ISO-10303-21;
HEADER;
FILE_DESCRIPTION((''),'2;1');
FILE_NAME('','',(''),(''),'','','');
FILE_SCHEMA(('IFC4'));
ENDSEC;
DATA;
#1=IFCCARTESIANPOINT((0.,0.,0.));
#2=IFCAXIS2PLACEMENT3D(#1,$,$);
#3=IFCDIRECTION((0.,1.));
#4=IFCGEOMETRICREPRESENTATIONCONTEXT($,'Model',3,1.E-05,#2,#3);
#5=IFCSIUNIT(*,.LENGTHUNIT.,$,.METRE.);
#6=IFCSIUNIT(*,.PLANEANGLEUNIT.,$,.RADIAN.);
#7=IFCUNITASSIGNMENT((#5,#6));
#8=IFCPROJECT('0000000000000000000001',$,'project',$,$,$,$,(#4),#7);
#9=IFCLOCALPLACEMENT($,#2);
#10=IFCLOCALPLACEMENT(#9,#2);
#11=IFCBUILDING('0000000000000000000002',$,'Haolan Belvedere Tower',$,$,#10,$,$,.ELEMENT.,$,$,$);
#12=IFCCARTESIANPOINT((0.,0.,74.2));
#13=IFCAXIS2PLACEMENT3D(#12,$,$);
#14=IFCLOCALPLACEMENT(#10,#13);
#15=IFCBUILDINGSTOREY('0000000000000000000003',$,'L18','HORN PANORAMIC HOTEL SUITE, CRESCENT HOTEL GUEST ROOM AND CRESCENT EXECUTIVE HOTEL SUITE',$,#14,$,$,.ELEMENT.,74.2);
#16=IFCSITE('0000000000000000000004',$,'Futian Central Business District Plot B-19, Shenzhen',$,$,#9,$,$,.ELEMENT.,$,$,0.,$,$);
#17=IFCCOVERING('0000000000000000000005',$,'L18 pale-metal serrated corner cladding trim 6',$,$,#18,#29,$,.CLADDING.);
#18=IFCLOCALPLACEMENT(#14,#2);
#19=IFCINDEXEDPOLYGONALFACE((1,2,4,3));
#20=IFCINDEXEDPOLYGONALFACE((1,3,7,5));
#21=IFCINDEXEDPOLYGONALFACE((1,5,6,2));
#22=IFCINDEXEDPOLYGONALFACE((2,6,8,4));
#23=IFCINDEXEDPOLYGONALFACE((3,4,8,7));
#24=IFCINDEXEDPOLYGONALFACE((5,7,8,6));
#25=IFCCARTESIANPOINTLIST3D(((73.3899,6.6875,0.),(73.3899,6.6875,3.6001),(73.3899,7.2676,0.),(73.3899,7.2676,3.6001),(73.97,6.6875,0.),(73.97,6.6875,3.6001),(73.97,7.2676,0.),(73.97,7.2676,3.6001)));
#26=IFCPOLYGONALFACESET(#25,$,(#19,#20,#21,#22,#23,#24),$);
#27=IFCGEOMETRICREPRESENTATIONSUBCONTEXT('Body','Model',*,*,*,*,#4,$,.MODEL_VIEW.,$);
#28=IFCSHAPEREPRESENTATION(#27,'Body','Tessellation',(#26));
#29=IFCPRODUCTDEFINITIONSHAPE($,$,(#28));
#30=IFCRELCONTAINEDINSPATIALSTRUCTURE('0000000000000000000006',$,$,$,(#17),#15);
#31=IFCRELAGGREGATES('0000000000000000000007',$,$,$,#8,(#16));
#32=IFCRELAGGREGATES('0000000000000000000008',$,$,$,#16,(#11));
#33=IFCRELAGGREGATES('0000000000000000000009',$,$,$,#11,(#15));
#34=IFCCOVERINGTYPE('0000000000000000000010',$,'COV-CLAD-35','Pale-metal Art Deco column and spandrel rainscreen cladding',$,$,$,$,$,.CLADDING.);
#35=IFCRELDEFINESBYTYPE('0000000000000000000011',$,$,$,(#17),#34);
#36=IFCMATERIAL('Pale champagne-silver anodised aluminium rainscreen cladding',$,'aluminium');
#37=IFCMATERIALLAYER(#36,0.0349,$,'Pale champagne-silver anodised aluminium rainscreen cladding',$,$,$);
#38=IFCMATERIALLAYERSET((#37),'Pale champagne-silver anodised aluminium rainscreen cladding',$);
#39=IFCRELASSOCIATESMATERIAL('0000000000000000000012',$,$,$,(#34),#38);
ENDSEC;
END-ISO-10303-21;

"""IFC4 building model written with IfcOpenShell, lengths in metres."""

from ifc_helpers import new_model, si_unit, direction, frame, origin, origin_2d, place, context, subcontext, project, spatial, rectangle, extrude, material, layer, layer_set, type_object, element, save


model = new_model("IFC4")

# Units and contexts
model_context = context("Model", 3, precision=1e-05, world=origin(), true_north=direction((0.0, 1.0)))
body_context = subcontext(model_context, "Body", "Model", "MODEL_VIEW")
ifc_project = project(units=[si_unit("LENGTHUNIT", "METRE"), si_unit("PLANEANGLEUNIT", "RADIAN")], contexts=[model_context])

# Site, building, storey
site_placement = place(None, origin())
site = spatial("IfcSite", under=ifc_project, at=site_placement, Name="Futian Central Business District Plot B-19, Shenzhen", CompositionType="ELEMENT", RefElevation=0.0)
building_placement = place(site_placement, origin())
building = spatial("IfcBuilding", under=site, at=building_placement, Name="Haolan Belvedere Tower", CompositionType="ELEMENT")
storey_placement = place(building_placement, frame((0.0, 0.0, 74.2)))
storey = spatial("IfcBuildingStorey", under=building, at=storey_placement, Name="L18", Description="HORN PANORAMIC HOTEL SUITE, CRESCENT HOTEL GUEST ROOM AND CRESCENT EXECUTIVE HOTEL SUITE", CompositionType="ELEMENT", Elevation=74.2)

# Covering
ifc_material_1 = material(Name="Pale champagne-silver anodised aluminium rainscreen cladding", Category="aluminium")
ifc_layer_1 = layer(ifc_material_1, 0.0349, Name="Pale champagne-silver anodised aluminium rainscreen cladding")
ifc_layer_set_1 = layer_set([ifc_layer_1], Name="Pale champagne-silver anodised aluminium rainscreen cladding")
covering_type = type_object("IfcCoveringType", Name="COV-CLAD-35", Description="Pale-metal Art Deco column and spandrel rainscreen cladding", PredefinedType="CLADDING", material=ifc_layer_set_1)
for number, where, z_axis, x_axis, name in (
    (1, (73.6799, 6.9775, 0.0), (0.0, 0.0, 1.0), (1.0, 0.0, 0.0), "L18 pale-metal serrated corner cladding trim 6"),
):
    element("IfcCovering", number, at=place(storey_placement, frame(where, z_axis=z_axis, x_axis=x_axis)), inside=storey, type_object=covering_type, Name=name, PredefinedType="CLADDING", context=body_context, shape_type="SweptSolid", body=[
        extrude(rectangle(XDim=0.5801, YDim=0.5801, at=origin_2d()), origin(), (0.0, 0.0, 1.0), 3.6001),
    ])

save(model, "model.ifc")
